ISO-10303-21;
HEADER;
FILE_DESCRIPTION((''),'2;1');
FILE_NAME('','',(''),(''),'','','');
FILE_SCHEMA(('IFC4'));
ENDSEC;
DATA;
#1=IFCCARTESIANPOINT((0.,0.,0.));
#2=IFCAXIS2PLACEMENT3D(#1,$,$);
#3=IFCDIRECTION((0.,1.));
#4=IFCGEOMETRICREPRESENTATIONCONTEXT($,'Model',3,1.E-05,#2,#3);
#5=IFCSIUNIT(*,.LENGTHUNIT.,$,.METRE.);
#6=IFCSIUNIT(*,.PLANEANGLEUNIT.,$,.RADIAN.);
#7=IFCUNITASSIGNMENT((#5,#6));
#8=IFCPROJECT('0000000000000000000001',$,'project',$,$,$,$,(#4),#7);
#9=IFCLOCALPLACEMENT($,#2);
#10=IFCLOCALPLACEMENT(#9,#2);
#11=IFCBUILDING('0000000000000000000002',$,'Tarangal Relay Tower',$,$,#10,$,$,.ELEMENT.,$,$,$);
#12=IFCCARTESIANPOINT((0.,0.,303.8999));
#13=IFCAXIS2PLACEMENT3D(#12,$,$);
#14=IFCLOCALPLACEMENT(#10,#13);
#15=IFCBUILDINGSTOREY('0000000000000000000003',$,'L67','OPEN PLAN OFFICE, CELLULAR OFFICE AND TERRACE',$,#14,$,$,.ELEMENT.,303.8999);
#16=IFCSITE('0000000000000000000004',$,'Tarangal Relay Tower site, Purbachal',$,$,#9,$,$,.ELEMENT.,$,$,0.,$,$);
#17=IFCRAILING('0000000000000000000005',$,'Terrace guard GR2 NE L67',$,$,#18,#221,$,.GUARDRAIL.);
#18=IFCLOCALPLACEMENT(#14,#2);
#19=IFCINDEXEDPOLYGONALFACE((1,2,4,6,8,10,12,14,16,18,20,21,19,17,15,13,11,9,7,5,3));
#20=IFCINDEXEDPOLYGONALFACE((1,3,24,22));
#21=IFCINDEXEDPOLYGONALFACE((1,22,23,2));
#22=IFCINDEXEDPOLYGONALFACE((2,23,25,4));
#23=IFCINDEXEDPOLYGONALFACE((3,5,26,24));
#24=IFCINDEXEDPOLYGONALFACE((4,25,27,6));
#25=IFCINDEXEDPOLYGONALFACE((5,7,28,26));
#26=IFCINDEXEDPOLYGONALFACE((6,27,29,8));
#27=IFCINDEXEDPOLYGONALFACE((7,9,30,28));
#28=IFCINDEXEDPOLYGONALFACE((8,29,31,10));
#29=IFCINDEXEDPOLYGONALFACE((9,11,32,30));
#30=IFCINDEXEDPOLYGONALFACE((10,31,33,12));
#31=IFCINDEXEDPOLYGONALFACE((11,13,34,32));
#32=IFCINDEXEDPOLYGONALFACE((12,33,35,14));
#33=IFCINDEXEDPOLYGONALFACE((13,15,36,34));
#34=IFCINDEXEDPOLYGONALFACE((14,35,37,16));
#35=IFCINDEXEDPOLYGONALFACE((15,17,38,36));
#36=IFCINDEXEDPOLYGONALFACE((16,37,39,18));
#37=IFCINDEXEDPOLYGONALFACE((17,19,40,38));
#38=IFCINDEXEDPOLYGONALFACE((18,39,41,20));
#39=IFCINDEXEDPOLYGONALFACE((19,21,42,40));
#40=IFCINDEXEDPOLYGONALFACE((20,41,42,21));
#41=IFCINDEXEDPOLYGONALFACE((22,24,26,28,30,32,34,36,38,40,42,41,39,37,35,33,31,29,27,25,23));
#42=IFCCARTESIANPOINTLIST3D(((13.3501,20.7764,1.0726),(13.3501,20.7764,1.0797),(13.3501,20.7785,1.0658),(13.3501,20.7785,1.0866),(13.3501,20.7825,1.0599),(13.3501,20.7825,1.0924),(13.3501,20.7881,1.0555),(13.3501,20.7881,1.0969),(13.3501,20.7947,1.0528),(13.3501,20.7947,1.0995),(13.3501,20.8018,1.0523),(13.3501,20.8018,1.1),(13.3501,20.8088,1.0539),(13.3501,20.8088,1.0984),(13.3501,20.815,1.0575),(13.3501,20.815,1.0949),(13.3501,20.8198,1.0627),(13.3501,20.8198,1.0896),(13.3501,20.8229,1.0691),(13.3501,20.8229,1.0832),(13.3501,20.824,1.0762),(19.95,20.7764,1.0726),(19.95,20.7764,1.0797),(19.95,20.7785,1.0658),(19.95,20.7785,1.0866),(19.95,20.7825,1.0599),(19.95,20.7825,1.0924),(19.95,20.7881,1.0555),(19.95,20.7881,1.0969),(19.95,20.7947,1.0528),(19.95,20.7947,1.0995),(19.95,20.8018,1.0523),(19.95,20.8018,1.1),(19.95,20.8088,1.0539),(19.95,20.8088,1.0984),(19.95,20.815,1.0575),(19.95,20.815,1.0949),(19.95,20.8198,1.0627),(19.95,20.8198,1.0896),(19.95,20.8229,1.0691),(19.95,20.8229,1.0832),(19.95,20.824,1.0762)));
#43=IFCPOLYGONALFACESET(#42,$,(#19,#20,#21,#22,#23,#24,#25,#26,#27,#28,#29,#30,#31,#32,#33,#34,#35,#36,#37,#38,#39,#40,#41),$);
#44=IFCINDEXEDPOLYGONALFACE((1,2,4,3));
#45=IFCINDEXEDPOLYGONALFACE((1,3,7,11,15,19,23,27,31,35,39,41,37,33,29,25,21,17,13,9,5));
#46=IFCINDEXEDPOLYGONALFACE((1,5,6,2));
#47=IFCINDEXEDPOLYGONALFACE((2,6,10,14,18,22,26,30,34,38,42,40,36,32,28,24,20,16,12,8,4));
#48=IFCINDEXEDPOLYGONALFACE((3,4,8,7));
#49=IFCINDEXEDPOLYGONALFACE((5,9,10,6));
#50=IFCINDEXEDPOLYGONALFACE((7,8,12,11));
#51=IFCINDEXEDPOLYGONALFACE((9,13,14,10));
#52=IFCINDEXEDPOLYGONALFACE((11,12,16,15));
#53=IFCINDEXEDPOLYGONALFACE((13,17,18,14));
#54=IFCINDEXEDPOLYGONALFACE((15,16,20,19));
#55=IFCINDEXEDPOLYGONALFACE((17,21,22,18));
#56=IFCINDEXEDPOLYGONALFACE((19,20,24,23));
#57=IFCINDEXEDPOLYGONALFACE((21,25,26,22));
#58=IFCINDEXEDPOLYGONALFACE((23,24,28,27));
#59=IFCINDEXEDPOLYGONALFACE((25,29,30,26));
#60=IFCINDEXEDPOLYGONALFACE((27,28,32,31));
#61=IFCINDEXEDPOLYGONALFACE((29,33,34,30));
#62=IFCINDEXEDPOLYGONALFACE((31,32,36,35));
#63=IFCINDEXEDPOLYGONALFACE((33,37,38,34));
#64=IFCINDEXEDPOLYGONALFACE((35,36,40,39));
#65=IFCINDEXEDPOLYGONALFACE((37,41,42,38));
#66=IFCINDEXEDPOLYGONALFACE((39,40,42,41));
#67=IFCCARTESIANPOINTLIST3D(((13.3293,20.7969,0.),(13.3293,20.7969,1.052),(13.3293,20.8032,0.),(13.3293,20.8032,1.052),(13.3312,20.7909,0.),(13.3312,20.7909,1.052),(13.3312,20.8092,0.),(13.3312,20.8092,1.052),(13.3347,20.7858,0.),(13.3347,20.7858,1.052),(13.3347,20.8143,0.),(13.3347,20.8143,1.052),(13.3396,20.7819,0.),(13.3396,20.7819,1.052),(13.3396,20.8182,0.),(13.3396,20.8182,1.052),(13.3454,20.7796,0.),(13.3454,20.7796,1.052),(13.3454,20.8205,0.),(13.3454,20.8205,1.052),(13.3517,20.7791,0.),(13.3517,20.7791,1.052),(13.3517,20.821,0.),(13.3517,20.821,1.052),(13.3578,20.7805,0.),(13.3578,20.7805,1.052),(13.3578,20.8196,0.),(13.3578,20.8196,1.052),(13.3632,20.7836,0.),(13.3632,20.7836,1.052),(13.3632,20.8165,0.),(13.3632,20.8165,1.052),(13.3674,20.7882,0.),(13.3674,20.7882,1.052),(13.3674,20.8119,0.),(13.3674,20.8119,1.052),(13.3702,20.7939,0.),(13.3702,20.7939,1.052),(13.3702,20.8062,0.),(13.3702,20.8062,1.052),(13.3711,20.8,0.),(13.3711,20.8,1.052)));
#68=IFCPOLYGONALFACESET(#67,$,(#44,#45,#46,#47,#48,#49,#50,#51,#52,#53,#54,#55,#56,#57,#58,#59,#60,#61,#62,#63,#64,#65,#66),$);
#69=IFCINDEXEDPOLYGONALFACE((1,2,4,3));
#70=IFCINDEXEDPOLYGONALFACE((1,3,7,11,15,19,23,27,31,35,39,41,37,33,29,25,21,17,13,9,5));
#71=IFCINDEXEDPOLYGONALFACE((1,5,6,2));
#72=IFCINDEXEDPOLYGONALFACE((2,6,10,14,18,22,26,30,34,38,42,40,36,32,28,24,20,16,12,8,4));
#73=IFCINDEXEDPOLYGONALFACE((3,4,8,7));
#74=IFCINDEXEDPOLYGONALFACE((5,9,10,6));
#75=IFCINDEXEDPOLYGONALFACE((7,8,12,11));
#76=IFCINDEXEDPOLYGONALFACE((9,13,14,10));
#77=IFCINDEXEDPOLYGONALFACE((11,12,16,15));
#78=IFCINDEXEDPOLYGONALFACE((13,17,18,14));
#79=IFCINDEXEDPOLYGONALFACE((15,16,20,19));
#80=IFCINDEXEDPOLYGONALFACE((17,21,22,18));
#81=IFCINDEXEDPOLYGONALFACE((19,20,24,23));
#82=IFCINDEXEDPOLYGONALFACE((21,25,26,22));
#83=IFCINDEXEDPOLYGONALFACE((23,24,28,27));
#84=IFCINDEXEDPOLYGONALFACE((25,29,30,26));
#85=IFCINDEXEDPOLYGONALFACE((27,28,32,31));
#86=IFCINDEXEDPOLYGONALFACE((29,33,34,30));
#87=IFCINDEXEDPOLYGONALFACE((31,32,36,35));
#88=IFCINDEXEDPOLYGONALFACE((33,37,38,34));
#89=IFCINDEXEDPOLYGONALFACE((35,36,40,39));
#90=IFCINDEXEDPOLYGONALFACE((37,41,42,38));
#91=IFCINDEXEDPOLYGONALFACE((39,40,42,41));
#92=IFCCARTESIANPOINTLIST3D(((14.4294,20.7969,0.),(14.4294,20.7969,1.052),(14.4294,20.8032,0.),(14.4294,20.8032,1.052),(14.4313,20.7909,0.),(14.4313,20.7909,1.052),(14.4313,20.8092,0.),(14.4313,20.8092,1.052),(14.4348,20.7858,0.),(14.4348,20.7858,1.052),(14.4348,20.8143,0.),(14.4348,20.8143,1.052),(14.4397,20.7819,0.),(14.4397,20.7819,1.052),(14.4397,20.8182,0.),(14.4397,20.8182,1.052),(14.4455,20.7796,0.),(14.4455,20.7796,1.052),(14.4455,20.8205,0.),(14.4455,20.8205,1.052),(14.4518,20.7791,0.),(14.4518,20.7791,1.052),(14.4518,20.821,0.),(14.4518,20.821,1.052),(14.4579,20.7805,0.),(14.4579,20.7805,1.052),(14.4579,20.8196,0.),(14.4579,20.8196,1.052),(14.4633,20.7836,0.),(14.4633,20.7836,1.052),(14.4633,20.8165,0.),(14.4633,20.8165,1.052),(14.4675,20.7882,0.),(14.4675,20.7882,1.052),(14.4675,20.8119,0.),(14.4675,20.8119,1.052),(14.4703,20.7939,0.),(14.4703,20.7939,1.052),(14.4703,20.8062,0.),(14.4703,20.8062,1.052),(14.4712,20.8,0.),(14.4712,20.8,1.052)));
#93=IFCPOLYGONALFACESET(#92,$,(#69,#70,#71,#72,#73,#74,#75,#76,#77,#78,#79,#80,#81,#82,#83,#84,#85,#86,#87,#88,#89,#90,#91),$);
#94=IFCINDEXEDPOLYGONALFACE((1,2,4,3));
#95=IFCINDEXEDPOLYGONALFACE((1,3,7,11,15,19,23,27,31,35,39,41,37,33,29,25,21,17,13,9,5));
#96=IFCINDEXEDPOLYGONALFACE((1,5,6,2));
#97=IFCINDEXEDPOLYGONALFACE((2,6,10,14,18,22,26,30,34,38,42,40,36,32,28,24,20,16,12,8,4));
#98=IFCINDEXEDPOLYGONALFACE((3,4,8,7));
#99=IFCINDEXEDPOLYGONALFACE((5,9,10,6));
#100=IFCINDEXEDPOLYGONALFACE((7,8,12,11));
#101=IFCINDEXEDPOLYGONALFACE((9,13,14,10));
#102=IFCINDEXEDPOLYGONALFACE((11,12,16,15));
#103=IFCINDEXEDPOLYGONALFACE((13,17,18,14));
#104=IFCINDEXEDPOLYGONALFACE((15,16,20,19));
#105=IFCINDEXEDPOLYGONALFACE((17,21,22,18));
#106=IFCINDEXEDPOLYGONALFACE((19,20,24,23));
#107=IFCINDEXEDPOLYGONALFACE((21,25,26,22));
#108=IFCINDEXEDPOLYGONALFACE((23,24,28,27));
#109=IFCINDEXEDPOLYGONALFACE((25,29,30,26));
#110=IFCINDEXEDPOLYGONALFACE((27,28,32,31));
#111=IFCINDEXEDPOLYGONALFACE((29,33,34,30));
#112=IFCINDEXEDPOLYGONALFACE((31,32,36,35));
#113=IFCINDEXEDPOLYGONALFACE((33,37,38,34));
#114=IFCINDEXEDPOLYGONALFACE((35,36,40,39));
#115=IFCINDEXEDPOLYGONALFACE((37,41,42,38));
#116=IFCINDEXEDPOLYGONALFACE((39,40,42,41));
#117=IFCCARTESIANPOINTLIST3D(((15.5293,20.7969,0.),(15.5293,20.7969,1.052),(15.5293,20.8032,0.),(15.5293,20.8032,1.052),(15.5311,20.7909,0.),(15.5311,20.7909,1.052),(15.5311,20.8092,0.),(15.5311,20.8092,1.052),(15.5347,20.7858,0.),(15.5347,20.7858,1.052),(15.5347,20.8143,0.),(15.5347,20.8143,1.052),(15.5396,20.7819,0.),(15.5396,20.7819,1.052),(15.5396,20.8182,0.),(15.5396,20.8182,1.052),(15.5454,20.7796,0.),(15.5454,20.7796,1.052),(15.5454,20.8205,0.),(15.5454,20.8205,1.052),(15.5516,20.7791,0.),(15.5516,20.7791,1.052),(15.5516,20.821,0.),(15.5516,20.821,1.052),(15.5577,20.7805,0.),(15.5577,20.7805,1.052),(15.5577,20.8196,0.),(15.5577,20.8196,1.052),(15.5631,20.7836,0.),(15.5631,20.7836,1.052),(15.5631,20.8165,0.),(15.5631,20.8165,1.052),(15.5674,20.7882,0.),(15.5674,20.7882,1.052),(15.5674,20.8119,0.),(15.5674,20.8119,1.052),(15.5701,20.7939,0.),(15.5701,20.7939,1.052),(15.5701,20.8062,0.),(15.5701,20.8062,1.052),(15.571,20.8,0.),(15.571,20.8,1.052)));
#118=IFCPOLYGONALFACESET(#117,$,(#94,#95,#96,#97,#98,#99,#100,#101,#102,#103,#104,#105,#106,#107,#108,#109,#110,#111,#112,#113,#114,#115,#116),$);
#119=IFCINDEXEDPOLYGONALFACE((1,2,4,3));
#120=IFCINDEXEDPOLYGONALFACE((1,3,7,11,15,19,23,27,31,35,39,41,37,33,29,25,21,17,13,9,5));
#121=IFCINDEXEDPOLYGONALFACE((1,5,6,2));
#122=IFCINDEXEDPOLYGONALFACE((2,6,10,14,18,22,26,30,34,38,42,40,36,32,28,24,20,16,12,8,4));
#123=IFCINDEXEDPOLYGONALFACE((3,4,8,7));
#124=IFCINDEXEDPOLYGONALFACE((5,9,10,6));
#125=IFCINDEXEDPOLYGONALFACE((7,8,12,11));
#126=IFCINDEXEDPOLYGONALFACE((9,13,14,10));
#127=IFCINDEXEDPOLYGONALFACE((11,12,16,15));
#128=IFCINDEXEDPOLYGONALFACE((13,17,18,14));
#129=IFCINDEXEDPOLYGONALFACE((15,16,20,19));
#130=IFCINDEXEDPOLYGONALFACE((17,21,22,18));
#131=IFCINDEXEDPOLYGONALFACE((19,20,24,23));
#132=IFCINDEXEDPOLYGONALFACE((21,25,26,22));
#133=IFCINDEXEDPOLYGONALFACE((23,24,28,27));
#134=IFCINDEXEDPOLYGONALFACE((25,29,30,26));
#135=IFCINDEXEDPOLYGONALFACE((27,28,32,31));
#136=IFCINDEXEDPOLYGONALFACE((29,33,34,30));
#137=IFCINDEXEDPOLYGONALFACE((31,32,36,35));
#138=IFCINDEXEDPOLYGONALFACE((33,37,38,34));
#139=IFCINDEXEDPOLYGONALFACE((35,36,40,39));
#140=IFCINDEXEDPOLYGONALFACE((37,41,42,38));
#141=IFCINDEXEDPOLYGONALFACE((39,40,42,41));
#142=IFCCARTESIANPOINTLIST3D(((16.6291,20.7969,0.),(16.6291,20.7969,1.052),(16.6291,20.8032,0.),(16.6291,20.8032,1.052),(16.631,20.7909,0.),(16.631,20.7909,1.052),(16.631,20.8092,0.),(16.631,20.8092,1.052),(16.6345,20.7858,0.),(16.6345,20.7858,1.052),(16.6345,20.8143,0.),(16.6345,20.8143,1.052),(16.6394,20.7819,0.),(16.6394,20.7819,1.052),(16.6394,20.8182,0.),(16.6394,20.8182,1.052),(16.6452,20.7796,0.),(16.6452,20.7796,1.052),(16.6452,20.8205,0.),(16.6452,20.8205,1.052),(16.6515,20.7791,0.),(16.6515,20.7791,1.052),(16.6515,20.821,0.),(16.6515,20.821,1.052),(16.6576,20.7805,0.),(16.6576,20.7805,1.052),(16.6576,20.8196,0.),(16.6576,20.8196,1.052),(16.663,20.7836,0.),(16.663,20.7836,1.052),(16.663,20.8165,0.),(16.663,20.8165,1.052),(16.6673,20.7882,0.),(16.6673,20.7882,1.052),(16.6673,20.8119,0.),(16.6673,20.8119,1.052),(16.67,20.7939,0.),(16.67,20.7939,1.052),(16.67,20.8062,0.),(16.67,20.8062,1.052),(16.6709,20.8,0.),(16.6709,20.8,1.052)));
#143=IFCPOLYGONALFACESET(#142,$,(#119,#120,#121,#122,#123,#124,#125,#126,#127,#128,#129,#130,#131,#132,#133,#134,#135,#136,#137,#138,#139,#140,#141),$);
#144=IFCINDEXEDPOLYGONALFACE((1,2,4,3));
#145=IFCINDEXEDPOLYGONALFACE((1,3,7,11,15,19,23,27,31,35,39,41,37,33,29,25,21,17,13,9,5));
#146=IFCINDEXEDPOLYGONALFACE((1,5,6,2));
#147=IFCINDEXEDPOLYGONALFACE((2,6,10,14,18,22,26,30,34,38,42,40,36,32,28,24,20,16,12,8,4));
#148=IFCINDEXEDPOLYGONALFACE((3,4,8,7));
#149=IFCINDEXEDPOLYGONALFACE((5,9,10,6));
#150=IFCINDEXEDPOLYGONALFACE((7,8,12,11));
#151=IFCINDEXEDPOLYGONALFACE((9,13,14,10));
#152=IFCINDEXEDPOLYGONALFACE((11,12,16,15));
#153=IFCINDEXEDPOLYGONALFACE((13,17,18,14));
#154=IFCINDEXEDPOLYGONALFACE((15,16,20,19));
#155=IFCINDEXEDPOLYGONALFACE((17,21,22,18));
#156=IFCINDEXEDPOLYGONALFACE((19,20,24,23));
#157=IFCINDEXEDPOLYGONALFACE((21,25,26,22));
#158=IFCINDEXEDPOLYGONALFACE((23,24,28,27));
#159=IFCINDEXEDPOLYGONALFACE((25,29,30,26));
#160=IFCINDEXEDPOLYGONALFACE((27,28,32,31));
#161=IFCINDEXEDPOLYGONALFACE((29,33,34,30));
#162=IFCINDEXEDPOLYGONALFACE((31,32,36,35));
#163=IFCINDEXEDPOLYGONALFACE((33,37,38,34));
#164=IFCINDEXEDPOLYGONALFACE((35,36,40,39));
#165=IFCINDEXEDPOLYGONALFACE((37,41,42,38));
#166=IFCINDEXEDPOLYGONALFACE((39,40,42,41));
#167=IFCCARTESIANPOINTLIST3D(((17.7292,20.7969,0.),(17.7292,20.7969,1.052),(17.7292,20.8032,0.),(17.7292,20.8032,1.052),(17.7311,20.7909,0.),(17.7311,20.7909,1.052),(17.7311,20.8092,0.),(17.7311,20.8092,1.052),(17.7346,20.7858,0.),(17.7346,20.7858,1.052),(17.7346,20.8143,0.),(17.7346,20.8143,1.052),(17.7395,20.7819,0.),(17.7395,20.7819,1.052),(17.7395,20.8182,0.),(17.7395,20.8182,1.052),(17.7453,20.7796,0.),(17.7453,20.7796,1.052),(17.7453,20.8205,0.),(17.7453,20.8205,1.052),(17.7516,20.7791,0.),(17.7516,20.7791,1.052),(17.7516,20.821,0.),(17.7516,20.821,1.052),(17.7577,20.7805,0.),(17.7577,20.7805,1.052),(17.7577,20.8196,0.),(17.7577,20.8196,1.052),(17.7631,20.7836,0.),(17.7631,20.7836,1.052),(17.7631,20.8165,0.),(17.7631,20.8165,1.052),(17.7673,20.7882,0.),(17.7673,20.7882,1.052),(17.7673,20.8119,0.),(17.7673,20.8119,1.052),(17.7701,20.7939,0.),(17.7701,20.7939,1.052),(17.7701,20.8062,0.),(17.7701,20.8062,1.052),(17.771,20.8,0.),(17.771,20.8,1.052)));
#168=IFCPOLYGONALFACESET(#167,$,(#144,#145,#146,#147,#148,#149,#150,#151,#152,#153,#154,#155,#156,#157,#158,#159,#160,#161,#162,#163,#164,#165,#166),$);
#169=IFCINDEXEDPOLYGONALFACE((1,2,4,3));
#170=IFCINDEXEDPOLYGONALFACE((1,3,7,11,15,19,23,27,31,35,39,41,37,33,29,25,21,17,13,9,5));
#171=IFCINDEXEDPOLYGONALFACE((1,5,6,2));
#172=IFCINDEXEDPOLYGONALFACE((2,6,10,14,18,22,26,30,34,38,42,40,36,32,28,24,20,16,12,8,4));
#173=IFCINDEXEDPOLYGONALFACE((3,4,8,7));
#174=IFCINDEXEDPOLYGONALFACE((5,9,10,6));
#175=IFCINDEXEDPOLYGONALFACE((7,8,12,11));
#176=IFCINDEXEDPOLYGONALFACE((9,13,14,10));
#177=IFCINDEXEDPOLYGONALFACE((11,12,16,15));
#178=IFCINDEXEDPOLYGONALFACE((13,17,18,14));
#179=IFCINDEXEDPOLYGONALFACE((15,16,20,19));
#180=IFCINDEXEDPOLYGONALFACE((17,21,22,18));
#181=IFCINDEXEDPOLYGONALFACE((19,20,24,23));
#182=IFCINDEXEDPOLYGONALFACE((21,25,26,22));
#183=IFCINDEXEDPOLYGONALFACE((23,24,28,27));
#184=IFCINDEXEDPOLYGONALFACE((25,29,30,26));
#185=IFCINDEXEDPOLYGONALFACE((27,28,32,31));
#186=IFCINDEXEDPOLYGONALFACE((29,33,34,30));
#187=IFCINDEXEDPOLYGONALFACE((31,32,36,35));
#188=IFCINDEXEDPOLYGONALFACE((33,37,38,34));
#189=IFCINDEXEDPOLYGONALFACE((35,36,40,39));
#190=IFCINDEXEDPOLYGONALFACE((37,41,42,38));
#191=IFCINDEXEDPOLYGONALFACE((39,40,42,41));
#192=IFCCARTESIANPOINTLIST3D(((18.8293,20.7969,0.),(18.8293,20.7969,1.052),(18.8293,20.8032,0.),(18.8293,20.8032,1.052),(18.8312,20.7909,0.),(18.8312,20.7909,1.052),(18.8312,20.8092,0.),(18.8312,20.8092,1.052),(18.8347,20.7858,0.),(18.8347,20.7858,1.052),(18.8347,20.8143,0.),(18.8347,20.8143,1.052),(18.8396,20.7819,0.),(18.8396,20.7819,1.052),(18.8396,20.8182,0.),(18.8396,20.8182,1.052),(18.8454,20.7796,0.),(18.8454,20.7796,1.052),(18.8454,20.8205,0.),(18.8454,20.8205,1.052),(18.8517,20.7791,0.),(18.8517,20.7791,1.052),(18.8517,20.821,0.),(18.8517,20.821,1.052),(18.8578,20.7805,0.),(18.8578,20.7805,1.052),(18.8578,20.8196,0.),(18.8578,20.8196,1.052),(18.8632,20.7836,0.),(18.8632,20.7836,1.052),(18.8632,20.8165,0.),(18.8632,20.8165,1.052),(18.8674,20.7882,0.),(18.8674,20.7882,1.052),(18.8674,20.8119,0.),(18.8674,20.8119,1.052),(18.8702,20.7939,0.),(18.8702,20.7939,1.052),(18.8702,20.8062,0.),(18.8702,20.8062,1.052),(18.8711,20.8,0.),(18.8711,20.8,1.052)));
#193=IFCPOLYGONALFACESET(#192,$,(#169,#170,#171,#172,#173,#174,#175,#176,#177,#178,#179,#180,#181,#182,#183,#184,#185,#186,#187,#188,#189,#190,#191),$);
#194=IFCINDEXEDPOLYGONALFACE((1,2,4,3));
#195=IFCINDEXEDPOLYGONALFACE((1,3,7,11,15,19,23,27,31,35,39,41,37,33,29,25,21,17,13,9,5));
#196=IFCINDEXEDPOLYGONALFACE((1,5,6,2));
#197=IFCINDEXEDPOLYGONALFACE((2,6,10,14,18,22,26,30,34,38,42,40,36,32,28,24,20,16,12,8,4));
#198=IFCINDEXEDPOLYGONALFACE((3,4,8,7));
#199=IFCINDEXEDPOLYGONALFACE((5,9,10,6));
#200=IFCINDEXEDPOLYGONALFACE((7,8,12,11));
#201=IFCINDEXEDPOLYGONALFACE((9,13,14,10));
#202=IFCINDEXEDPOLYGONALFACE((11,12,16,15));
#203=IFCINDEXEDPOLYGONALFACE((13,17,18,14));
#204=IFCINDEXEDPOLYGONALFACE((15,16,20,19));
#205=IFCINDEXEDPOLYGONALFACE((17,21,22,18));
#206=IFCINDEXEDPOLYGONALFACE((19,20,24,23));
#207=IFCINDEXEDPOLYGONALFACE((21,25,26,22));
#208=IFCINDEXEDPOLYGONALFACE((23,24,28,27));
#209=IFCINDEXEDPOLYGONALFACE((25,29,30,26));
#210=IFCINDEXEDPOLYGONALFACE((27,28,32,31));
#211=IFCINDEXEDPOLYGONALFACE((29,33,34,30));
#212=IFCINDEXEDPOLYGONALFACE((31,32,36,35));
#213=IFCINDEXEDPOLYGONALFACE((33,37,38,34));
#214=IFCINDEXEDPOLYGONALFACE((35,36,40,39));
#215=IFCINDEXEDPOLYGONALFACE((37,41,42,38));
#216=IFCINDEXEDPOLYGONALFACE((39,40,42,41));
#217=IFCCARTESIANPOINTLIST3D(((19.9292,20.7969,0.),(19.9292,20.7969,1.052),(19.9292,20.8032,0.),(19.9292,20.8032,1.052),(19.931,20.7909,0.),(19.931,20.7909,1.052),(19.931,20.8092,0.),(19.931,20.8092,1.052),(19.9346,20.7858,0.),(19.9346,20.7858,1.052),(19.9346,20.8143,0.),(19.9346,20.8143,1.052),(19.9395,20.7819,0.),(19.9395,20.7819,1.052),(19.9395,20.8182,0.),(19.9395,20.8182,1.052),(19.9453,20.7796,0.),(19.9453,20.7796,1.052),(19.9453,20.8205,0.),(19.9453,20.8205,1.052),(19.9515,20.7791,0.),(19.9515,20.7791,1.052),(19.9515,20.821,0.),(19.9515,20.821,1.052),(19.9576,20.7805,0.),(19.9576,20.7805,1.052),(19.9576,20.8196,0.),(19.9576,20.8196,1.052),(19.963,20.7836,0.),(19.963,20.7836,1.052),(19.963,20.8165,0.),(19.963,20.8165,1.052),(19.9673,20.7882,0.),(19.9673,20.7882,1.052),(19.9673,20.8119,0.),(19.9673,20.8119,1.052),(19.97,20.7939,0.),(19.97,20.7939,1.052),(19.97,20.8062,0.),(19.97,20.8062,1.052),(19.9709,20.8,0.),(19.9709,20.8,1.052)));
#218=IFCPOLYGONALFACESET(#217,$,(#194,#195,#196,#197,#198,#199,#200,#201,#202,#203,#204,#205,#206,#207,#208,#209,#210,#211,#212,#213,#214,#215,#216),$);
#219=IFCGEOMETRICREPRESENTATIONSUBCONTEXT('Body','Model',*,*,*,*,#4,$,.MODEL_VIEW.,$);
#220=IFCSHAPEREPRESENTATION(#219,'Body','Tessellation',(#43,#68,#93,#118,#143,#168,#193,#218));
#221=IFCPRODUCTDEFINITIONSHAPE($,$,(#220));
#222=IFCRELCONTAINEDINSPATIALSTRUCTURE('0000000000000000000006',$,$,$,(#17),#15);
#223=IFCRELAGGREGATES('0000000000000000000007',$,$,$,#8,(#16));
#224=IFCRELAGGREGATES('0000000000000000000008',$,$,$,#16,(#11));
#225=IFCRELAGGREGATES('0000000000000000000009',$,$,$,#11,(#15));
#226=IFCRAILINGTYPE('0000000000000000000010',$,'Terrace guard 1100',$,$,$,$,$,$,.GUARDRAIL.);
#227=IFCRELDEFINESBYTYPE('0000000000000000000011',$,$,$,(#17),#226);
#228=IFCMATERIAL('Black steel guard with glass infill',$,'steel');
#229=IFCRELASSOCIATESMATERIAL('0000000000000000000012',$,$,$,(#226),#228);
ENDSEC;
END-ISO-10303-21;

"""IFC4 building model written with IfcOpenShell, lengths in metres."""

from ifc_helpers import new_model, si_unit, direction, frame, origin, origin_2d, place, context, subcontext, project, spatial, circle, extrude, material, type_object, element, save


model = new_model("IFC4")

# Units and contexts
model_context = context("Model", 3, precision=1e-05, world=origin(), true_north=direction((0.0, 1.0)))
body_context = subcontext(model_context, "Body", "Model", "MODEL_VIEW")
ifc_project = project(units=[si_unit("LENGTHUNIT", "METRE"), si_unit("PLANEANGLEUNIT", "RADIAN")], contexts=[model_context])

# Site, building, storey
site_placement = place(None, origin())
site = spatial("IfcSite", under=ifc_project, at=site_placement, Name="Tarangal Relay Tower site, Purbachal", CompositionType="ELEMENT", RefElevation=0.0)
building_placement = place(site_placement, origin())
building = spatial("IfcBuilding", under=site, at=building_placement, Name="Tarangal Relay Tower", CompositionType="ELEMENT")
storey_placement = place(building_placement, frame((0.0, 0.0, 303.8999)))
storey = spatial("IfcBuildingStorey", under=building, at=storey_placement, Name="L67", Description="OPEN PLAN OFFICE, CELLULAR OFFICE AND TERRACE", CompositionType="ELEMENT", Elevation=303.8999)

# Railing
ifc_material_1 = material(Name="Black steel guard with glass infill", Category="steel")
railing_type = type_object("IfcRailingType", Name="Terrace guard 1100", PredefinedType="GUARDRAIL", material=ifc_material_1)
railing_1_placement = place(storey_placement, frame((13.3501, 20.8, 0.0)))
element("IfcRailing", 1, at=railing_1_placement, inside=storey, type_object=railing_type, Name="Terrace guard GR2 NE L67", PredefinedType="GUARDRAIL", context=body_context, shape_type="SweptSolid", body=[
    extrude(circle(Radius=0.0239, at=origin_2d()), frame((0.0, 0.0, 1.0762), z_axis=(1.0, 0.0, 0.0), x_axis=(0.0, 1.0, 0.0)), (0.0, 0.0, 1.0), 6.5999),
    extrude(circle(Radius=0.021, at=origin_2d()), origin(), (0.0, 0.0, 1.0), 1.052),
    extrude(circle(Radius=0.021, at=origin_2d()), frame((1.1001, 0.0, 0.0)), (0.0, 0.0, 1.0), 1.052),
    extrude(circle(Radius=0.021, at=origin_2d()), frame((2.2, 0.0, 0.0)), (0.0, 0.0, 1.0), 1.052),
    extrude(circle(Radius=0.021, at=origin_2d()), frame((3.2998, 0.0, 0.0)), (0.0, 0.0, 1.0), 1.052),
    extrude(circle(Radius=0.021, at=origin_2d()), frame((4.3999, 0.0, 0.0)), (0.0, 0.0, 1.0), 1.052),
    extrude(circle(Radius=0.021, at=origin_2d()), frame((5.5, 0.0, 0.0)), (0.0, 0.0, 1.0), 1.052),
    extrude(circle(Radius=0.021, at=origin_2d()), frame((6.5999, 0.0, 0.0)), (0.0, 0.0, 1.0), 1.052),
])

save(model, "model.ifc")
